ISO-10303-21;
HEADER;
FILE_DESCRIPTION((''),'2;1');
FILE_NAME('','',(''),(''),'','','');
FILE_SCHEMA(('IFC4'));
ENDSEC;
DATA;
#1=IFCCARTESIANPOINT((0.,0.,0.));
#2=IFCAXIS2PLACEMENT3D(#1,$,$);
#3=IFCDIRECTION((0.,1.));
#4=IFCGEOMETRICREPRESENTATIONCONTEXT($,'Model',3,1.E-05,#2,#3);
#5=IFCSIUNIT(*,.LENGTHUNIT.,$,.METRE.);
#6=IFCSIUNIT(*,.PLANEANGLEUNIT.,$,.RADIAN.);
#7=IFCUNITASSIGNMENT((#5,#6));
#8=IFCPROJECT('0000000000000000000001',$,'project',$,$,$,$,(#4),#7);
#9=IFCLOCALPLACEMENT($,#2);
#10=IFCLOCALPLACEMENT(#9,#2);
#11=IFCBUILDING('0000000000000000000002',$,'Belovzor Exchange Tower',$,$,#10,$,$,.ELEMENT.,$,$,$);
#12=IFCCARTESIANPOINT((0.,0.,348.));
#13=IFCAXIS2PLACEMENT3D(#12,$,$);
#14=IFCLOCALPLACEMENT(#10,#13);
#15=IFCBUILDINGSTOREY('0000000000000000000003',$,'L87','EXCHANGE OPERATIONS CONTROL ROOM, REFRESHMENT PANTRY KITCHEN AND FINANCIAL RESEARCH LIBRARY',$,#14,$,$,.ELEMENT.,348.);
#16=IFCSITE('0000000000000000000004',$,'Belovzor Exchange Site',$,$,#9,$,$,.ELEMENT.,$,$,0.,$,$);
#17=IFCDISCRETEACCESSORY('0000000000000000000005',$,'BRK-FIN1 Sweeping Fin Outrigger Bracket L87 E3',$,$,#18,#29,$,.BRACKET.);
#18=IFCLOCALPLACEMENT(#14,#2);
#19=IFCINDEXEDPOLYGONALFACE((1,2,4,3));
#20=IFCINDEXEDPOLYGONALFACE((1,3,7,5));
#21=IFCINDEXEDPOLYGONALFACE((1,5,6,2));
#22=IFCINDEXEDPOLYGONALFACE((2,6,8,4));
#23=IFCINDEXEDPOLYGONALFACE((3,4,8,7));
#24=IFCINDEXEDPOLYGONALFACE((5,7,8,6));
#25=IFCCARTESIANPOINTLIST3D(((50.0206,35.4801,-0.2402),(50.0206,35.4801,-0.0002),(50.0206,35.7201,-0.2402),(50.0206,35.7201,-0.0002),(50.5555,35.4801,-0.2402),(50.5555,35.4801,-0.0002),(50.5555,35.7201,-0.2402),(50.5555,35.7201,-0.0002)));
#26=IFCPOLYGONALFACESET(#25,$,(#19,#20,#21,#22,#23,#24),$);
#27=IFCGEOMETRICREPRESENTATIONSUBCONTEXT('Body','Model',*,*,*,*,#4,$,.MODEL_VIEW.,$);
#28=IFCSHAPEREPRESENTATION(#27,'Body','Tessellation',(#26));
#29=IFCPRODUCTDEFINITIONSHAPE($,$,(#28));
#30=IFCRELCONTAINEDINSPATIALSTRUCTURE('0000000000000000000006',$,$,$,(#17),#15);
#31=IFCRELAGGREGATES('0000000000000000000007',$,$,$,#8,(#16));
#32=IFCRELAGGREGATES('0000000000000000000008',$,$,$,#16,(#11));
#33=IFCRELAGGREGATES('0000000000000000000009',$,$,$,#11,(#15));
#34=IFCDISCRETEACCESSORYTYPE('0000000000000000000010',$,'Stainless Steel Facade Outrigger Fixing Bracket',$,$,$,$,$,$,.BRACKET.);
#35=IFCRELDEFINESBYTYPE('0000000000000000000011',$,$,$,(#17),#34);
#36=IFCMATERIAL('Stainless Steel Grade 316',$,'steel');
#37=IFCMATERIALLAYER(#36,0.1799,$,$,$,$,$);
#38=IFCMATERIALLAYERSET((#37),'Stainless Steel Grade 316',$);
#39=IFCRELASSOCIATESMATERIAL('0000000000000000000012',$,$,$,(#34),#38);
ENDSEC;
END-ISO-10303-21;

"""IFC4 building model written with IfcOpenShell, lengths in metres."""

from ifc_helpers import new_model, si_unit, direction, frame, origin, origin_2d, place, context, subcontext, project, spatial, rectangle, extrude, material, layer, layer_set, type_object, element, save


model = new_model("IFC4")

# Units and contexts
model_context = context("Model", 3, precision=1e-05, world=origin(), true_north=direction((0.0, 1.0)))
body_context = subcontext(model_context, "Body", "Model", "MODEL_VIEW")
ifc_project = project(units=[si_unit("LENGTHUNIT", "METRE"), si_unit("PLANEANGLEUNIT", "RADIAN")], contexts=[model_context])

# Site, building, storey
site_placement = place(None, origin())
site = spatial("IfcSite", under=ifc_project, at=site_placement, Name="Belovzor Exchange Site", CompositionType="ELEMENT", RefElevation=0.0)
building_placement = place(site_placement, origin())
building = spatial("IfcBuilding", under=site, at=building_placement, Name="Belovzor Exchange Tower", CompositionType="ELEMENT")
storey_placement = place(building_placement, frame((0.0, 0.0, 348.0)))
storey = spatial("IfcBuildingStorey", under=building, at=storey_placement, Name="L87", Description="EXCHANGE OPERATIONS CONTROL ROOM, REFRESHMENT PANTRY KITCHEN AND FINANCIAL RESEARCH LIBRARY", CompositionType="ELEMENT", Elevation=348.0)

# Discrete accessory
ifc_material_1 = material(Name="Stainless Steel Grade 316", Category="steel")
ifc_layer_1 = layer(ifc_material_1, 0.1799)
ifc_layer_set_1 = layer_set([ifc_layer_1], Name="Stainless Steel Grade 316")
discrete_accessory_type = type_object("IfcDiscreteAccessoryType", Name="Stainless Steel Facade Outrigger Fixing Bracket", PredefinedType="BRACKET", material=ifc_layer_set_1)
discrete_accessory_placement = place(storey_placement, frame((50.2881, 35.6001, -0.2402), z_axis=(0.0, 0.0, 1.0), x_axis=(1.0, 0.0, 0.0)))
element("IfcDiscreteAccessory", 1, at=discrete_accessory_placement, inside=storey, type_object=discrete_accessory_type, Name="BRK-FIN1 Sweeping Fin Outrigger Bracket L87 E3", PredefinedType="BRACKET", context=body_context, shape_type="SweptSolid", body=[
    extrude(rectangle(XDim=0.5349, YDim=0.24, at=origin_2d()), origin(), (0.0, 0.0, 1.0), 0.24),
])

save(model, "model.ifc")
